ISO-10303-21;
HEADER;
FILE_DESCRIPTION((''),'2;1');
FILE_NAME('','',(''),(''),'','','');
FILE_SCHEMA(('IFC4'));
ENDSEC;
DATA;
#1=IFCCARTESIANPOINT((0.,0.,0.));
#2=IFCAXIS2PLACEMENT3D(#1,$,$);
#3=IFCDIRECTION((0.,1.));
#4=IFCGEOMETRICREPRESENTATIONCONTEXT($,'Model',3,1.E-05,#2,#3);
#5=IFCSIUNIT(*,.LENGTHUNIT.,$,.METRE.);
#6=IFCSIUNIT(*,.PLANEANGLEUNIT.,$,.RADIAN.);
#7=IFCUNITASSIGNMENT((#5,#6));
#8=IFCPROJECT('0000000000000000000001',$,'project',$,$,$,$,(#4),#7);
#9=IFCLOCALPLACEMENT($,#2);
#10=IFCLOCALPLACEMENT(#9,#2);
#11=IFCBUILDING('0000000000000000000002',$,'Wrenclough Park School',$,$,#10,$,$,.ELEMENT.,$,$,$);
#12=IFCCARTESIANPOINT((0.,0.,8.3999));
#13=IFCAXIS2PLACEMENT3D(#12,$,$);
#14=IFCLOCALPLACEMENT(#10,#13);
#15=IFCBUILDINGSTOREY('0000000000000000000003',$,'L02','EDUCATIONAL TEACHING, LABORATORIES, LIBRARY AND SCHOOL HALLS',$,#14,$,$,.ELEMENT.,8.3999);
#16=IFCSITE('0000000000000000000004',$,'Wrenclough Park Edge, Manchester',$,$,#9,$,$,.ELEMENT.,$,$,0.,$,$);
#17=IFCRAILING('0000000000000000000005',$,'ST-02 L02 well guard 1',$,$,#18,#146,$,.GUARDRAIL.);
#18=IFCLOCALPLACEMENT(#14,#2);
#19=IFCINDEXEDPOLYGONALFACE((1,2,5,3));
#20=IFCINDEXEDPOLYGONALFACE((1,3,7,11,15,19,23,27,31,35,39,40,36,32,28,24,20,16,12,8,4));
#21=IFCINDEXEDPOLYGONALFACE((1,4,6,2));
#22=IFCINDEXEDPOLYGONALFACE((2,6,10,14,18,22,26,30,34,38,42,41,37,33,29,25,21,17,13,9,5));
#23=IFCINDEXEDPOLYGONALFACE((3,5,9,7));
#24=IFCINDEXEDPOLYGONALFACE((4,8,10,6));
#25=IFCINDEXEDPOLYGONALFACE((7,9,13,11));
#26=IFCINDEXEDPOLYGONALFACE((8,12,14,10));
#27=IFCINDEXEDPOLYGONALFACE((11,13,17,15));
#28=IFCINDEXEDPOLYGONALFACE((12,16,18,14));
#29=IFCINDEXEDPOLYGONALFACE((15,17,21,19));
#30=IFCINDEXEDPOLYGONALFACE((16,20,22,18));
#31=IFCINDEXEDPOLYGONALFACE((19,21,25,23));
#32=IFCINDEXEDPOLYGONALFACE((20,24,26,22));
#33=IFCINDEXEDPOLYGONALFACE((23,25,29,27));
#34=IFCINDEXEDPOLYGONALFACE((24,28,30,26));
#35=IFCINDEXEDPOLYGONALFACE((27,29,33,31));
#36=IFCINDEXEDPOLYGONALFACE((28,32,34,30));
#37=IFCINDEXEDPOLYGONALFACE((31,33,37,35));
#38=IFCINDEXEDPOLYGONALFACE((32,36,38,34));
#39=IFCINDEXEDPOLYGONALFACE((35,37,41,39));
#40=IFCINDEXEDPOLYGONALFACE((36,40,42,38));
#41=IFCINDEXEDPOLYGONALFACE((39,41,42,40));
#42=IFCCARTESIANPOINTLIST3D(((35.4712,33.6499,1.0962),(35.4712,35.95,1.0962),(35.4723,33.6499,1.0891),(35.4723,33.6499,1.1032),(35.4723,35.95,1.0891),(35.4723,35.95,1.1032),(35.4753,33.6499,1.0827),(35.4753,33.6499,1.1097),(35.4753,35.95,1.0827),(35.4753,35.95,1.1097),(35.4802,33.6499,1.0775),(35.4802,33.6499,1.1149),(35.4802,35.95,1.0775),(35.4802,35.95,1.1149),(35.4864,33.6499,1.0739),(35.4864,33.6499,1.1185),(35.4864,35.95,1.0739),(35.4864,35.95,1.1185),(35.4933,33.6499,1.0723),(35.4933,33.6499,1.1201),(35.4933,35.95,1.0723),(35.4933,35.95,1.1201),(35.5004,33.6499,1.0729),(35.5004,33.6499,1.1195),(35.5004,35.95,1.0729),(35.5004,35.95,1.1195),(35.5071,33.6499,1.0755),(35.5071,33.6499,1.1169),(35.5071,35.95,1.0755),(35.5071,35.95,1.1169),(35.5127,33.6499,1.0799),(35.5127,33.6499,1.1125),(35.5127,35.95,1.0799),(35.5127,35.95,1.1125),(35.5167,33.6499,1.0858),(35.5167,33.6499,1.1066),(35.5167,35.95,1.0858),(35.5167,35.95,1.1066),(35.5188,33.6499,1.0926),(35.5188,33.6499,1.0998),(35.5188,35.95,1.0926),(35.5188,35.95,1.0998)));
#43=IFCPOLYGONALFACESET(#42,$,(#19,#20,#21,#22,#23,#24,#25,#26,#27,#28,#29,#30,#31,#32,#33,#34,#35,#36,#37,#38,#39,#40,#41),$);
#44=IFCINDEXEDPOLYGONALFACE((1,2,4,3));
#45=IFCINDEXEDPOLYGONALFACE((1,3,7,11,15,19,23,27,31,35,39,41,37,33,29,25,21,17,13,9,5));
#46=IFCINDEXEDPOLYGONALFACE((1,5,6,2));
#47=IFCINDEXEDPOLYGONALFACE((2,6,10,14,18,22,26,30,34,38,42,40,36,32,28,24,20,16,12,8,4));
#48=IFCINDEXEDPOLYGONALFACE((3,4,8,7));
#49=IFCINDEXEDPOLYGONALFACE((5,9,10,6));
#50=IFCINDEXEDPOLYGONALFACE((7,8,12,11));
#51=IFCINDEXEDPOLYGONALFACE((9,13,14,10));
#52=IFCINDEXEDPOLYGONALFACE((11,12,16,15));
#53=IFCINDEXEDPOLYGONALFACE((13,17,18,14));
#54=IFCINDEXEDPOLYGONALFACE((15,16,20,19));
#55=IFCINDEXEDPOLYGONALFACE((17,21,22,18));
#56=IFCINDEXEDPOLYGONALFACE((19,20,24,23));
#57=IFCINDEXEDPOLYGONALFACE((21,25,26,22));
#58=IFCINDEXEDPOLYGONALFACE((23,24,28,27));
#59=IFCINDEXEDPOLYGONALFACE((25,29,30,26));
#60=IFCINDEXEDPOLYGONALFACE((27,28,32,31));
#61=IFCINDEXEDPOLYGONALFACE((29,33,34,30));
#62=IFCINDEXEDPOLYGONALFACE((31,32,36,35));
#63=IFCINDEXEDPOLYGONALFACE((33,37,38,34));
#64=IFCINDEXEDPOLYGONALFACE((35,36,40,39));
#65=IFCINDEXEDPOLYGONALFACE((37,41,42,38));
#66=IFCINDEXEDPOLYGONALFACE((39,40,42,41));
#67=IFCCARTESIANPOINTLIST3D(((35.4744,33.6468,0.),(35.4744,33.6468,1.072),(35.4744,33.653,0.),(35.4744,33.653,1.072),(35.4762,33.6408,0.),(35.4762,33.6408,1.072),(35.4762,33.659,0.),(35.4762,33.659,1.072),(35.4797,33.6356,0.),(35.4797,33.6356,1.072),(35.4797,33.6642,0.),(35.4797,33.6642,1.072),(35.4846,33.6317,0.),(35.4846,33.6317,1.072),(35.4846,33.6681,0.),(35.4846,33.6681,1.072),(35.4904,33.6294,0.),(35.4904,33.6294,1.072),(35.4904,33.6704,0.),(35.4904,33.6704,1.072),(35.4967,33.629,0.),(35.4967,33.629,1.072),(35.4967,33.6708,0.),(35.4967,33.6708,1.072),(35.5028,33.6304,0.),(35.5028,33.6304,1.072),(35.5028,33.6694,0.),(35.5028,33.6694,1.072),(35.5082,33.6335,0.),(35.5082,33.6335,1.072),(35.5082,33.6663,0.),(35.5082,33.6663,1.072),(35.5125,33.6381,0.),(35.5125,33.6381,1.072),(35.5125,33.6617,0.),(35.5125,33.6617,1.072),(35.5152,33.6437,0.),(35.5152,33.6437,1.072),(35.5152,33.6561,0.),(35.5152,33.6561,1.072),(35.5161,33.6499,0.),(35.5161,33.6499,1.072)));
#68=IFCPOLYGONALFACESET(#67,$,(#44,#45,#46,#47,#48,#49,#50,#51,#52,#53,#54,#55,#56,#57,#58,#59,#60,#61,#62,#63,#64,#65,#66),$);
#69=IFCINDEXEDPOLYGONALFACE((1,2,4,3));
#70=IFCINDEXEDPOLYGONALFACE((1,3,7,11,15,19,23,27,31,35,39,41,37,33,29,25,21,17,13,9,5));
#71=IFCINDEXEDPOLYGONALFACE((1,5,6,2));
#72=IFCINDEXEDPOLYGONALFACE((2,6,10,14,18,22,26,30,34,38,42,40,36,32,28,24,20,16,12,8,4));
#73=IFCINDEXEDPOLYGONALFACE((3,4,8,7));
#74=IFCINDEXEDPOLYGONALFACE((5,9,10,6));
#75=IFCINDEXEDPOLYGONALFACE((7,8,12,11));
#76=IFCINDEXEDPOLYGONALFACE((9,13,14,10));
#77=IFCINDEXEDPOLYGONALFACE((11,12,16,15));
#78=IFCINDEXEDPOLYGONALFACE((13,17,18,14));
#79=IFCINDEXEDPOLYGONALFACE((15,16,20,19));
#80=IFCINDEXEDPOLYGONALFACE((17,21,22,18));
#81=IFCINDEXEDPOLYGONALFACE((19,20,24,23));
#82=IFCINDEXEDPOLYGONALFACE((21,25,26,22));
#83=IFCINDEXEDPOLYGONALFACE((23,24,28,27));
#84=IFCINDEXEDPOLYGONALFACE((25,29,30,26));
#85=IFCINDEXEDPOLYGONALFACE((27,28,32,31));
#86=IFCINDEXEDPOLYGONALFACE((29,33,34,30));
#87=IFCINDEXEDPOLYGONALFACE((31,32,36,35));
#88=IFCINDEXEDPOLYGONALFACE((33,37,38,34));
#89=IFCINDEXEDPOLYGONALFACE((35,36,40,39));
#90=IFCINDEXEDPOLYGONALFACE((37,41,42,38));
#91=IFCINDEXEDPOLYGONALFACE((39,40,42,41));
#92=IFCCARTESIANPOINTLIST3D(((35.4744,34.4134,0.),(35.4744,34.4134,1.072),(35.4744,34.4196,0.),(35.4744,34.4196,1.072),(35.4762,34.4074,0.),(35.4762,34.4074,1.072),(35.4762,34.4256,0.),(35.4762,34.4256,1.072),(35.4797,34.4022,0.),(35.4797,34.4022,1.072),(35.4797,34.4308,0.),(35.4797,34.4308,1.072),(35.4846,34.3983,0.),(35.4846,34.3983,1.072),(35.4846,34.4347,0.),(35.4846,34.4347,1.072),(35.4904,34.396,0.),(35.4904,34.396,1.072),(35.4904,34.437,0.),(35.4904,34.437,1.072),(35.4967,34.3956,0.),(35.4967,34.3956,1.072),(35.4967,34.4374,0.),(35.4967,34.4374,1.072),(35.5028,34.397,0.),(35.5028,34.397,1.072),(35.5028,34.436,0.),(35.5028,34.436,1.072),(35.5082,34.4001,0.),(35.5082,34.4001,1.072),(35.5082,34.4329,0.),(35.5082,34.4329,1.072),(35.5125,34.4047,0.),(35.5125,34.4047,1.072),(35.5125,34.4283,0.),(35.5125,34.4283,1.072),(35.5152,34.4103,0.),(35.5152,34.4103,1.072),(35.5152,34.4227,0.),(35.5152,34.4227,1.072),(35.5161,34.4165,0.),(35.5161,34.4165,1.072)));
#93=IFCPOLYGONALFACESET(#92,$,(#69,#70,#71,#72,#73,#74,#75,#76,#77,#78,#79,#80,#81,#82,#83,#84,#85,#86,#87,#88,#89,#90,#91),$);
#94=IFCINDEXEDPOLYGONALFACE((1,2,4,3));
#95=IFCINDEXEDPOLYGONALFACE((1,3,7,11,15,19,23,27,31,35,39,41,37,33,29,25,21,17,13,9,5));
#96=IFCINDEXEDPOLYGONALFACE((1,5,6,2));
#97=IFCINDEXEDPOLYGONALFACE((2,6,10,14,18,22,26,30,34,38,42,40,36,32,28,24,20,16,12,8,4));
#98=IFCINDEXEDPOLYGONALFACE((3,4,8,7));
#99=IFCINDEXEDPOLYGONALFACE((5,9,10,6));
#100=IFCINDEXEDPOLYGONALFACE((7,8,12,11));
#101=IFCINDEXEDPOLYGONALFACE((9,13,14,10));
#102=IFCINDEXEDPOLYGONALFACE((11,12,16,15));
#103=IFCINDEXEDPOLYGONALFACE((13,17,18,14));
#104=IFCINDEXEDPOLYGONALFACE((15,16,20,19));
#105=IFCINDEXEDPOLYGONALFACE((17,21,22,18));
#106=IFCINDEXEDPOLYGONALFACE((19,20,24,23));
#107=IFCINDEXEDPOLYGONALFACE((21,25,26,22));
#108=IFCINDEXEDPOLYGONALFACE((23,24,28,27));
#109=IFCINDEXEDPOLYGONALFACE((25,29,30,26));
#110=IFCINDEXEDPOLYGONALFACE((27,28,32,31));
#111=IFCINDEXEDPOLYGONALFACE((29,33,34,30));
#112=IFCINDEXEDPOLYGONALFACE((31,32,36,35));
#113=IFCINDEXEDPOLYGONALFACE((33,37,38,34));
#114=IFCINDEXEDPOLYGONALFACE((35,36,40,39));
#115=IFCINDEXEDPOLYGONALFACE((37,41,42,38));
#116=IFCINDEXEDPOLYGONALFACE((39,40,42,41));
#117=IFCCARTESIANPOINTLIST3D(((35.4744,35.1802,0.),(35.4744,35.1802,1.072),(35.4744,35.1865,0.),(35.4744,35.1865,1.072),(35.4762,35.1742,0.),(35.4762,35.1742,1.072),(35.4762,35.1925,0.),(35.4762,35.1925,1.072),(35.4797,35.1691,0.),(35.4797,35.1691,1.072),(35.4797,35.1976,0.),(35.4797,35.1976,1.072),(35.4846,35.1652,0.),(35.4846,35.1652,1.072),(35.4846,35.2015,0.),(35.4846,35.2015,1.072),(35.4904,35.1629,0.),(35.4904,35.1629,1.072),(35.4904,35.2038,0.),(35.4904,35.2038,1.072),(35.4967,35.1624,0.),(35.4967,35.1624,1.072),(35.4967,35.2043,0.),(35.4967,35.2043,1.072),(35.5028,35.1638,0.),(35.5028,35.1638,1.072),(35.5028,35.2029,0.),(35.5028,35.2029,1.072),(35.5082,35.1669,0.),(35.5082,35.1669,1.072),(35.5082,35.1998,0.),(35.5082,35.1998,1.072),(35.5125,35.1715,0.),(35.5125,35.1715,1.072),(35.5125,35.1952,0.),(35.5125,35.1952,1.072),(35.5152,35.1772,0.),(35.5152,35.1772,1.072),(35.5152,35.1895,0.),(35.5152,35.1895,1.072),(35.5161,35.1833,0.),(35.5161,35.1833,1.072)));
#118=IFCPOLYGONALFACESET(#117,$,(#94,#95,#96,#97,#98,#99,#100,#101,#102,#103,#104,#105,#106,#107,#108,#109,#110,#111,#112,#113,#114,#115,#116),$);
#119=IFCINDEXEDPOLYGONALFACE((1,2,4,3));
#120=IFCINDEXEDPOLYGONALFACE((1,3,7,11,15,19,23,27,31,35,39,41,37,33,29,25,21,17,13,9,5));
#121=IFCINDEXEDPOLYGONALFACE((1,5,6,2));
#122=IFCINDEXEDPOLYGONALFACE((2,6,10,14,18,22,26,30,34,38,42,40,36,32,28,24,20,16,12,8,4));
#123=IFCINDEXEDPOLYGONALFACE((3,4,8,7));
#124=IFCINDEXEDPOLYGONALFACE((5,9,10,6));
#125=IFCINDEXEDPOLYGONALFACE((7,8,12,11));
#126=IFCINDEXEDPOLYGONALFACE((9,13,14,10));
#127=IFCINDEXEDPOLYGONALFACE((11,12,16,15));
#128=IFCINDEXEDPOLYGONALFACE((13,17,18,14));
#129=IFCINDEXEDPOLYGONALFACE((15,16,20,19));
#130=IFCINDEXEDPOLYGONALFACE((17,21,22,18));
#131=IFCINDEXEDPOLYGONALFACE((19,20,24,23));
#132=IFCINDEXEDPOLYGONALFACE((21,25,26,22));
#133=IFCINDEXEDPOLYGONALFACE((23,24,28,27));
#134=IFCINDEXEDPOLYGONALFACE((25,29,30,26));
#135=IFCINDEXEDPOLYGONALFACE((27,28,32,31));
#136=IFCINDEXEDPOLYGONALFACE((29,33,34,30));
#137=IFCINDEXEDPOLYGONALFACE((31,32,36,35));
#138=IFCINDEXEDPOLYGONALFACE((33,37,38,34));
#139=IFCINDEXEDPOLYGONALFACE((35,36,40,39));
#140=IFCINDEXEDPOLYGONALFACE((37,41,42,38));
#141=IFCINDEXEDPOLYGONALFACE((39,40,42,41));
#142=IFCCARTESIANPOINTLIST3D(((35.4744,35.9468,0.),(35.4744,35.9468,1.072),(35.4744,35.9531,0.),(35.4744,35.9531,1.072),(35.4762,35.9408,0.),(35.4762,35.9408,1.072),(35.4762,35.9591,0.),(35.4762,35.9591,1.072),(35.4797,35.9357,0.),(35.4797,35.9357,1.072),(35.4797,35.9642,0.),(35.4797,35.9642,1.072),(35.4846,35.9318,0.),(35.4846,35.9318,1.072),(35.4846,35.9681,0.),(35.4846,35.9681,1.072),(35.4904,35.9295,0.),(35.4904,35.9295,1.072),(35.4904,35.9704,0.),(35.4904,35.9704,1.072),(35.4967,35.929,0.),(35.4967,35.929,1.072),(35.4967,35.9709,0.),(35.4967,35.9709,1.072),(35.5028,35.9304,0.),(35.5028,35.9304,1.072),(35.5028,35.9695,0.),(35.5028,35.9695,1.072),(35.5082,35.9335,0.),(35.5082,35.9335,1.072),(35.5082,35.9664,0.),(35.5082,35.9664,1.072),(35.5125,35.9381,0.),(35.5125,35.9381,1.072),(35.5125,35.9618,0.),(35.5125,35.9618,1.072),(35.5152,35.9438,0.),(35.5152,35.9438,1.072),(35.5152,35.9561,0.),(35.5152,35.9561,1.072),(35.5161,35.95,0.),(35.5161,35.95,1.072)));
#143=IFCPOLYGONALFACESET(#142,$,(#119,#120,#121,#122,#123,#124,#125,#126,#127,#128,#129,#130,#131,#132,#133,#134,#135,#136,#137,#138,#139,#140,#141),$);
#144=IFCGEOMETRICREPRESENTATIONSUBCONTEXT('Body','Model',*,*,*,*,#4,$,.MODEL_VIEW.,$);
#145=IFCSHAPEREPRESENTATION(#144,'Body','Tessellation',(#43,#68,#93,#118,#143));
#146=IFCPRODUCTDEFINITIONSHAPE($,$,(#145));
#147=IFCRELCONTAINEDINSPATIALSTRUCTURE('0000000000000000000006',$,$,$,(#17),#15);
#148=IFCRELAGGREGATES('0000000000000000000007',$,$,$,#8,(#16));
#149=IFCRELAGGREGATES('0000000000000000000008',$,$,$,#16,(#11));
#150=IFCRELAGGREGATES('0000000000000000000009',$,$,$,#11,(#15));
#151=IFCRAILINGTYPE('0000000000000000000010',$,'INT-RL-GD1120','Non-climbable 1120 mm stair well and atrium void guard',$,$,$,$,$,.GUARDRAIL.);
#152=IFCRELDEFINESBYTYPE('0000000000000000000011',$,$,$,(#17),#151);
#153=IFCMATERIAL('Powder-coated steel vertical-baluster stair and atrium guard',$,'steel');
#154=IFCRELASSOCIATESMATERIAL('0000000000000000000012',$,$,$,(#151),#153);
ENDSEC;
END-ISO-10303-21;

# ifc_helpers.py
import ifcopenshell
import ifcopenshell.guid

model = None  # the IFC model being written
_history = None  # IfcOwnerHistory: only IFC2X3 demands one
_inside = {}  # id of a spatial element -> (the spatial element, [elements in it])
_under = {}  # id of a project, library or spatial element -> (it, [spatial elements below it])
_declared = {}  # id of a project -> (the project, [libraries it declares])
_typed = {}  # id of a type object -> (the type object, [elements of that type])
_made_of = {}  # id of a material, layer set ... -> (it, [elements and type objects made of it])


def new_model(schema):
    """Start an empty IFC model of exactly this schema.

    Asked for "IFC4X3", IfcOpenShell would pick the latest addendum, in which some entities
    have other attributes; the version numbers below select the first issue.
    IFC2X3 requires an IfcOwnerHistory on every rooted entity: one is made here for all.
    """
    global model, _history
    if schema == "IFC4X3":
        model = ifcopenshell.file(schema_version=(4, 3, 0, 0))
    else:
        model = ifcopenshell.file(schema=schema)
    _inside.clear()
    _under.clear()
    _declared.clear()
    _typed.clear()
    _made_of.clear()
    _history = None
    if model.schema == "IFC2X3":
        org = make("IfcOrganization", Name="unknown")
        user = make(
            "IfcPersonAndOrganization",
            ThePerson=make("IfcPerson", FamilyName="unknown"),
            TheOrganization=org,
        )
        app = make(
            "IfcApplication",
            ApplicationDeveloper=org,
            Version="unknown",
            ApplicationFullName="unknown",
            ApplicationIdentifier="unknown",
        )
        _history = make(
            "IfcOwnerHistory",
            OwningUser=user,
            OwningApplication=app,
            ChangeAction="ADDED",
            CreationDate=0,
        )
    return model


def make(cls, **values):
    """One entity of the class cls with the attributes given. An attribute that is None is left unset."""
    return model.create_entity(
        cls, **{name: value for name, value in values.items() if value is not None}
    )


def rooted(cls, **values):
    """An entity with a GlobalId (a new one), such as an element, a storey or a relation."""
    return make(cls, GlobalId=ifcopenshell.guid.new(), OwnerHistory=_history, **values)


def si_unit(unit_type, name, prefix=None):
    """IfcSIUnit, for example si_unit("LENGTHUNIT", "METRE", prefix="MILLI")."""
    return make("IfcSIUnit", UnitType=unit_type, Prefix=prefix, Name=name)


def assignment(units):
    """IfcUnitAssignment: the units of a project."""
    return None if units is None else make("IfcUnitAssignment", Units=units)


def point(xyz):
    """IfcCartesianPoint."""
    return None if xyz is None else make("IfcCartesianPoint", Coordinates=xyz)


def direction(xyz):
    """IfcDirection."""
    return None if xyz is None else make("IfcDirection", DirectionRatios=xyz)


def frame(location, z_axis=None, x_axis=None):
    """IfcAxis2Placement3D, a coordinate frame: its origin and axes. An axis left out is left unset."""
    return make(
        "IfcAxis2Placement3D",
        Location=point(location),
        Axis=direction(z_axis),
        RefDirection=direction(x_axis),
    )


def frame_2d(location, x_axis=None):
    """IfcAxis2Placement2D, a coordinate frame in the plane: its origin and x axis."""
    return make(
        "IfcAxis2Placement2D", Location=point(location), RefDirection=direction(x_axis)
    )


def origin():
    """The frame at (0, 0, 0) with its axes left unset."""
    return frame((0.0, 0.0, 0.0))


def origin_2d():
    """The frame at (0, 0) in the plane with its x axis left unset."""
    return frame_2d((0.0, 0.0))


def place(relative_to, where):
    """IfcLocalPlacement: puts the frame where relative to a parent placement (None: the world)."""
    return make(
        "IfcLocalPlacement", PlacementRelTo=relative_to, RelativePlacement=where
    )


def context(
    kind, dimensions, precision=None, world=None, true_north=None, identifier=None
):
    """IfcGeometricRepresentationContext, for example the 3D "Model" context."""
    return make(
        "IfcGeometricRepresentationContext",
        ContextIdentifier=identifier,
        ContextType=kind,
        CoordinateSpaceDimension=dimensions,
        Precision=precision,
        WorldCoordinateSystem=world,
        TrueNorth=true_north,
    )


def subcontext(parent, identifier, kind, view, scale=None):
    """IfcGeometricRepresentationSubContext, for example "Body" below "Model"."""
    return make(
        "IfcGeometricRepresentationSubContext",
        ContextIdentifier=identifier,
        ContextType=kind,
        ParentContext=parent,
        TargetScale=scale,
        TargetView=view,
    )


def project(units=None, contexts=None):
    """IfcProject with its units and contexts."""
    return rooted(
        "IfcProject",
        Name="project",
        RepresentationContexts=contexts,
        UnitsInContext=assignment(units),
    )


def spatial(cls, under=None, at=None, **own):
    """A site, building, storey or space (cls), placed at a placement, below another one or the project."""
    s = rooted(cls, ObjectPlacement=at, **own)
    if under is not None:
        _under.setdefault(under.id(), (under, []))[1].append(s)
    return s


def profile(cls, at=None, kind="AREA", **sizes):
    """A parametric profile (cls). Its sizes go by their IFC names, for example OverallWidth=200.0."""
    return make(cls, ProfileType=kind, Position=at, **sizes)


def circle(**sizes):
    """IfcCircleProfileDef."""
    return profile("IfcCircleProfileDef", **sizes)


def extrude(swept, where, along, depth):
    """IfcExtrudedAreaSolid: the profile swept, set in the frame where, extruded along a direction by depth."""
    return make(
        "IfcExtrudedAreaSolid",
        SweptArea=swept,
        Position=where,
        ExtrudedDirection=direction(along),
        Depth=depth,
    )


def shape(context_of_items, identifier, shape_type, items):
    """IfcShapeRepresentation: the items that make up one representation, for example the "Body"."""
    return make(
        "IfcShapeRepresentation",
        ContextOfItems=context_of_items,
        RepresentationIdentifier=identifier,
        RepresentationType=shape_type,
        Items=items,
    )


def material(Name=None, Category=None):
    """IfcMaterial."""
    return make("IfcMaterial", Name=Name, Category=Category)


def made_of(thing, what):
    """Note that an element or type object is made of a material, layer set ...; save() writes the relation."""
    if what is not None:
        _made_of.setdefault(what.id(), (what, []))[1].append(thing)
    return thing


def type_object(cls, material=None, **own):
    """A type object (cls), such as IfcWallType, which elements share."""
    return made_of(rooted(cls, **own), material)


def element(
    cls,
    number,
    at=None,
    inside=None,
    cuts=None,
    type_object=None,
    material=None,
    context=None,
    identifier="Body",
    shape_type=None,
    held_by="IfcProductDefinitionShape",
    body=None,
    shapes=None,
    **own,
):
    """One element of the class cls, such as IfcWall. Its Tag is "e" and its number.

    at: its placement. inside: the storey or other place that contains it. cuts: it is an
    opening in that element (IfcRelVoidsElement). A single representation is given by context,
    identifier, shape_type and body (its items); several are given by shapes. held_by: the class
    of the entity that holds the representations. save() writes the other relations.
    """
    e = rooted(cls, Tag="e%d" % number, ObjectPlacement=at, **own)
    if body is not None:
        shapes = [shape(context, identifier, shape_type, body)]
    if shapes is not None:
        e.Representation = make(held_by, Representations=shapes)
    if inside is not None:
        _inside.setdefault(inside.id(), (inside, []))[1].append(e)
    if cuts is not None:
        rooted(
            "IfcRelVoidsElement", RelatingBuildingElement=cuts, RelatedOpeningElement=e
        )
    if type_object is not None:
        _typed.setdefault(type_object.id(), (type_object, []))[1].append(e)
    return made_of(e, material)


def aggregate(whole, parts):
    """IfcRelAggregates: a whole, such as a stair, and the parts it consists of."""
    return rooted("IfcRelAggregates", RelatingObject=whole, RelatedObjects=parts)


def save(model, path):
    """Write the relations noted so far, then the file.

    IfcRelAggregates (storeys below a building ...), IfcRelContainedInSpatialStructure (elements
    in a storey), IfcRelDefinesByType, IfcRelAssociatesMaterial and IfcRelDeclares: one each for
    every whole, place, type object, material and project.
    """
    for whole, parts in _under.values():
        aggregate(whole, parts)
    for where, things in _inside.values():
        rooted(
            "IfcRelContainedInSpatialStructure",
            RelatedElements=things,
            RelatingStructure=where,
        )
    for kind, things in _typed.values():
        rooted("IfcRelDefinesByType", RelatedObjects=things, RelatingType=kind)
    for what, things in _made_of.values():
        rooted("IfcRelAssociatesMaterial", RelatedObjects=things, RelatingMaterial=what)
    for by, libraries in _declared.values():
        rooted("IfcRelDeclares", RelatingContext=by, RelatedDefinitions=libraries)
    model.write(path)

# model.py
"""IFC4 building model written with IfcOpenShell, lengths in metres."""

from ifc_helpers import new_model, si_unit, direction, frame, origin, origin_2d, place, context, subcontext, project, spatial, circle, extrude, material, type_object, element, save


model = new_model("IFC4")

# Units and contexts
model_context = context("Model", 3, precision=1e-05, world=origin(), true_north=direction((0.0, 1.0)))
body_context = subcontext(model_context, "Body", "Model", "MODEL_VIEW")
ifc_project = project(units=[si_unit("LENGTHUNIT", "METRE"), si_unit("PLANEANGLEUNIT", "RADIAN")], contexts=[model_context])

# Site, building, storey
site_placement = place(None, origin())
site = spatial("IfcSite", under=ifc_project, at=site_placement, Name="Wrenclough Park Edge, Manchester", CompositionType="ELEMENT", RefElevation=0.0)
building_placement = place(site_placement, origin())
building = spatial("IfcBuilding", under=site, at=building_placement, Name="Wrenclough Park School", CompositionType="ELEMENT")
storey_placement = place(building_placement, frame((0.0, 0.0, 8.3999)))
storey = spatial("IfcBuildingStorey", under=building, at=storey_placement, Name="L02", Description="EDUCATIONAL TEACHING, LABORATORIES, LIBRARY AND SCHOOL HALLS", CompositionType="ELEMENT", Elevation=8.3999)

# Railing
ifc_material_1 = material(Name="Powder-coated steel vertical-baluster stair and atrium guard", Category="steel")
railing_type_1 = type_object("IfcRailingType", Name="INT-RL-GD1120", Description="Non-climbable 1120 mm stair well and atrium void guard", PredefinedType="GUARDRAIL", material=ifc_material_1)
railing_1_placement = place(storey_placement, frame((35.4951, 33.6499, 0.0)))
element("IfcRailing", 1, at=railing_1_placement, inside=storey, type_object=railing_type_1, Name="ST-02 L02 well guard 1", PredefinedType="GUARDRAIL", context=body_context, shape_type="SweptSolid", body=[
    extrude(circle(Radius=0.0239, at=origin_2d()), frame((0.0, 0.0, 1.0962), z_axis=(0.0, 1.0, 0.0), x_axis=(-1.0, 0.0, 0.0)), (0.0, 0.0, 1.0), 2.3),
    extrude(circle(Radius=0.021, at=origin_2d()), origin(), (0.0, 0.0, 1.0), 1.072),
    extrude(circle(Radius=0.021, at=origin_2d()), frame((0.0, 0.7666, 0.0)), (0.0, 0.0, 1.0), 1.072),
    extrude(circle(Radius=0.021, at=origin_2d()), frame((0.0, 1.5334, 0.0)), (0.0, 0.0, 1.0), 1.072),
    extrude(circle(Radius=0.021, at=origin_2d()), frame((0.0, 2.3, 0.0)), (0.0, 0.0, 1.0), 1.072),
])

save(model, "model.ifc")
